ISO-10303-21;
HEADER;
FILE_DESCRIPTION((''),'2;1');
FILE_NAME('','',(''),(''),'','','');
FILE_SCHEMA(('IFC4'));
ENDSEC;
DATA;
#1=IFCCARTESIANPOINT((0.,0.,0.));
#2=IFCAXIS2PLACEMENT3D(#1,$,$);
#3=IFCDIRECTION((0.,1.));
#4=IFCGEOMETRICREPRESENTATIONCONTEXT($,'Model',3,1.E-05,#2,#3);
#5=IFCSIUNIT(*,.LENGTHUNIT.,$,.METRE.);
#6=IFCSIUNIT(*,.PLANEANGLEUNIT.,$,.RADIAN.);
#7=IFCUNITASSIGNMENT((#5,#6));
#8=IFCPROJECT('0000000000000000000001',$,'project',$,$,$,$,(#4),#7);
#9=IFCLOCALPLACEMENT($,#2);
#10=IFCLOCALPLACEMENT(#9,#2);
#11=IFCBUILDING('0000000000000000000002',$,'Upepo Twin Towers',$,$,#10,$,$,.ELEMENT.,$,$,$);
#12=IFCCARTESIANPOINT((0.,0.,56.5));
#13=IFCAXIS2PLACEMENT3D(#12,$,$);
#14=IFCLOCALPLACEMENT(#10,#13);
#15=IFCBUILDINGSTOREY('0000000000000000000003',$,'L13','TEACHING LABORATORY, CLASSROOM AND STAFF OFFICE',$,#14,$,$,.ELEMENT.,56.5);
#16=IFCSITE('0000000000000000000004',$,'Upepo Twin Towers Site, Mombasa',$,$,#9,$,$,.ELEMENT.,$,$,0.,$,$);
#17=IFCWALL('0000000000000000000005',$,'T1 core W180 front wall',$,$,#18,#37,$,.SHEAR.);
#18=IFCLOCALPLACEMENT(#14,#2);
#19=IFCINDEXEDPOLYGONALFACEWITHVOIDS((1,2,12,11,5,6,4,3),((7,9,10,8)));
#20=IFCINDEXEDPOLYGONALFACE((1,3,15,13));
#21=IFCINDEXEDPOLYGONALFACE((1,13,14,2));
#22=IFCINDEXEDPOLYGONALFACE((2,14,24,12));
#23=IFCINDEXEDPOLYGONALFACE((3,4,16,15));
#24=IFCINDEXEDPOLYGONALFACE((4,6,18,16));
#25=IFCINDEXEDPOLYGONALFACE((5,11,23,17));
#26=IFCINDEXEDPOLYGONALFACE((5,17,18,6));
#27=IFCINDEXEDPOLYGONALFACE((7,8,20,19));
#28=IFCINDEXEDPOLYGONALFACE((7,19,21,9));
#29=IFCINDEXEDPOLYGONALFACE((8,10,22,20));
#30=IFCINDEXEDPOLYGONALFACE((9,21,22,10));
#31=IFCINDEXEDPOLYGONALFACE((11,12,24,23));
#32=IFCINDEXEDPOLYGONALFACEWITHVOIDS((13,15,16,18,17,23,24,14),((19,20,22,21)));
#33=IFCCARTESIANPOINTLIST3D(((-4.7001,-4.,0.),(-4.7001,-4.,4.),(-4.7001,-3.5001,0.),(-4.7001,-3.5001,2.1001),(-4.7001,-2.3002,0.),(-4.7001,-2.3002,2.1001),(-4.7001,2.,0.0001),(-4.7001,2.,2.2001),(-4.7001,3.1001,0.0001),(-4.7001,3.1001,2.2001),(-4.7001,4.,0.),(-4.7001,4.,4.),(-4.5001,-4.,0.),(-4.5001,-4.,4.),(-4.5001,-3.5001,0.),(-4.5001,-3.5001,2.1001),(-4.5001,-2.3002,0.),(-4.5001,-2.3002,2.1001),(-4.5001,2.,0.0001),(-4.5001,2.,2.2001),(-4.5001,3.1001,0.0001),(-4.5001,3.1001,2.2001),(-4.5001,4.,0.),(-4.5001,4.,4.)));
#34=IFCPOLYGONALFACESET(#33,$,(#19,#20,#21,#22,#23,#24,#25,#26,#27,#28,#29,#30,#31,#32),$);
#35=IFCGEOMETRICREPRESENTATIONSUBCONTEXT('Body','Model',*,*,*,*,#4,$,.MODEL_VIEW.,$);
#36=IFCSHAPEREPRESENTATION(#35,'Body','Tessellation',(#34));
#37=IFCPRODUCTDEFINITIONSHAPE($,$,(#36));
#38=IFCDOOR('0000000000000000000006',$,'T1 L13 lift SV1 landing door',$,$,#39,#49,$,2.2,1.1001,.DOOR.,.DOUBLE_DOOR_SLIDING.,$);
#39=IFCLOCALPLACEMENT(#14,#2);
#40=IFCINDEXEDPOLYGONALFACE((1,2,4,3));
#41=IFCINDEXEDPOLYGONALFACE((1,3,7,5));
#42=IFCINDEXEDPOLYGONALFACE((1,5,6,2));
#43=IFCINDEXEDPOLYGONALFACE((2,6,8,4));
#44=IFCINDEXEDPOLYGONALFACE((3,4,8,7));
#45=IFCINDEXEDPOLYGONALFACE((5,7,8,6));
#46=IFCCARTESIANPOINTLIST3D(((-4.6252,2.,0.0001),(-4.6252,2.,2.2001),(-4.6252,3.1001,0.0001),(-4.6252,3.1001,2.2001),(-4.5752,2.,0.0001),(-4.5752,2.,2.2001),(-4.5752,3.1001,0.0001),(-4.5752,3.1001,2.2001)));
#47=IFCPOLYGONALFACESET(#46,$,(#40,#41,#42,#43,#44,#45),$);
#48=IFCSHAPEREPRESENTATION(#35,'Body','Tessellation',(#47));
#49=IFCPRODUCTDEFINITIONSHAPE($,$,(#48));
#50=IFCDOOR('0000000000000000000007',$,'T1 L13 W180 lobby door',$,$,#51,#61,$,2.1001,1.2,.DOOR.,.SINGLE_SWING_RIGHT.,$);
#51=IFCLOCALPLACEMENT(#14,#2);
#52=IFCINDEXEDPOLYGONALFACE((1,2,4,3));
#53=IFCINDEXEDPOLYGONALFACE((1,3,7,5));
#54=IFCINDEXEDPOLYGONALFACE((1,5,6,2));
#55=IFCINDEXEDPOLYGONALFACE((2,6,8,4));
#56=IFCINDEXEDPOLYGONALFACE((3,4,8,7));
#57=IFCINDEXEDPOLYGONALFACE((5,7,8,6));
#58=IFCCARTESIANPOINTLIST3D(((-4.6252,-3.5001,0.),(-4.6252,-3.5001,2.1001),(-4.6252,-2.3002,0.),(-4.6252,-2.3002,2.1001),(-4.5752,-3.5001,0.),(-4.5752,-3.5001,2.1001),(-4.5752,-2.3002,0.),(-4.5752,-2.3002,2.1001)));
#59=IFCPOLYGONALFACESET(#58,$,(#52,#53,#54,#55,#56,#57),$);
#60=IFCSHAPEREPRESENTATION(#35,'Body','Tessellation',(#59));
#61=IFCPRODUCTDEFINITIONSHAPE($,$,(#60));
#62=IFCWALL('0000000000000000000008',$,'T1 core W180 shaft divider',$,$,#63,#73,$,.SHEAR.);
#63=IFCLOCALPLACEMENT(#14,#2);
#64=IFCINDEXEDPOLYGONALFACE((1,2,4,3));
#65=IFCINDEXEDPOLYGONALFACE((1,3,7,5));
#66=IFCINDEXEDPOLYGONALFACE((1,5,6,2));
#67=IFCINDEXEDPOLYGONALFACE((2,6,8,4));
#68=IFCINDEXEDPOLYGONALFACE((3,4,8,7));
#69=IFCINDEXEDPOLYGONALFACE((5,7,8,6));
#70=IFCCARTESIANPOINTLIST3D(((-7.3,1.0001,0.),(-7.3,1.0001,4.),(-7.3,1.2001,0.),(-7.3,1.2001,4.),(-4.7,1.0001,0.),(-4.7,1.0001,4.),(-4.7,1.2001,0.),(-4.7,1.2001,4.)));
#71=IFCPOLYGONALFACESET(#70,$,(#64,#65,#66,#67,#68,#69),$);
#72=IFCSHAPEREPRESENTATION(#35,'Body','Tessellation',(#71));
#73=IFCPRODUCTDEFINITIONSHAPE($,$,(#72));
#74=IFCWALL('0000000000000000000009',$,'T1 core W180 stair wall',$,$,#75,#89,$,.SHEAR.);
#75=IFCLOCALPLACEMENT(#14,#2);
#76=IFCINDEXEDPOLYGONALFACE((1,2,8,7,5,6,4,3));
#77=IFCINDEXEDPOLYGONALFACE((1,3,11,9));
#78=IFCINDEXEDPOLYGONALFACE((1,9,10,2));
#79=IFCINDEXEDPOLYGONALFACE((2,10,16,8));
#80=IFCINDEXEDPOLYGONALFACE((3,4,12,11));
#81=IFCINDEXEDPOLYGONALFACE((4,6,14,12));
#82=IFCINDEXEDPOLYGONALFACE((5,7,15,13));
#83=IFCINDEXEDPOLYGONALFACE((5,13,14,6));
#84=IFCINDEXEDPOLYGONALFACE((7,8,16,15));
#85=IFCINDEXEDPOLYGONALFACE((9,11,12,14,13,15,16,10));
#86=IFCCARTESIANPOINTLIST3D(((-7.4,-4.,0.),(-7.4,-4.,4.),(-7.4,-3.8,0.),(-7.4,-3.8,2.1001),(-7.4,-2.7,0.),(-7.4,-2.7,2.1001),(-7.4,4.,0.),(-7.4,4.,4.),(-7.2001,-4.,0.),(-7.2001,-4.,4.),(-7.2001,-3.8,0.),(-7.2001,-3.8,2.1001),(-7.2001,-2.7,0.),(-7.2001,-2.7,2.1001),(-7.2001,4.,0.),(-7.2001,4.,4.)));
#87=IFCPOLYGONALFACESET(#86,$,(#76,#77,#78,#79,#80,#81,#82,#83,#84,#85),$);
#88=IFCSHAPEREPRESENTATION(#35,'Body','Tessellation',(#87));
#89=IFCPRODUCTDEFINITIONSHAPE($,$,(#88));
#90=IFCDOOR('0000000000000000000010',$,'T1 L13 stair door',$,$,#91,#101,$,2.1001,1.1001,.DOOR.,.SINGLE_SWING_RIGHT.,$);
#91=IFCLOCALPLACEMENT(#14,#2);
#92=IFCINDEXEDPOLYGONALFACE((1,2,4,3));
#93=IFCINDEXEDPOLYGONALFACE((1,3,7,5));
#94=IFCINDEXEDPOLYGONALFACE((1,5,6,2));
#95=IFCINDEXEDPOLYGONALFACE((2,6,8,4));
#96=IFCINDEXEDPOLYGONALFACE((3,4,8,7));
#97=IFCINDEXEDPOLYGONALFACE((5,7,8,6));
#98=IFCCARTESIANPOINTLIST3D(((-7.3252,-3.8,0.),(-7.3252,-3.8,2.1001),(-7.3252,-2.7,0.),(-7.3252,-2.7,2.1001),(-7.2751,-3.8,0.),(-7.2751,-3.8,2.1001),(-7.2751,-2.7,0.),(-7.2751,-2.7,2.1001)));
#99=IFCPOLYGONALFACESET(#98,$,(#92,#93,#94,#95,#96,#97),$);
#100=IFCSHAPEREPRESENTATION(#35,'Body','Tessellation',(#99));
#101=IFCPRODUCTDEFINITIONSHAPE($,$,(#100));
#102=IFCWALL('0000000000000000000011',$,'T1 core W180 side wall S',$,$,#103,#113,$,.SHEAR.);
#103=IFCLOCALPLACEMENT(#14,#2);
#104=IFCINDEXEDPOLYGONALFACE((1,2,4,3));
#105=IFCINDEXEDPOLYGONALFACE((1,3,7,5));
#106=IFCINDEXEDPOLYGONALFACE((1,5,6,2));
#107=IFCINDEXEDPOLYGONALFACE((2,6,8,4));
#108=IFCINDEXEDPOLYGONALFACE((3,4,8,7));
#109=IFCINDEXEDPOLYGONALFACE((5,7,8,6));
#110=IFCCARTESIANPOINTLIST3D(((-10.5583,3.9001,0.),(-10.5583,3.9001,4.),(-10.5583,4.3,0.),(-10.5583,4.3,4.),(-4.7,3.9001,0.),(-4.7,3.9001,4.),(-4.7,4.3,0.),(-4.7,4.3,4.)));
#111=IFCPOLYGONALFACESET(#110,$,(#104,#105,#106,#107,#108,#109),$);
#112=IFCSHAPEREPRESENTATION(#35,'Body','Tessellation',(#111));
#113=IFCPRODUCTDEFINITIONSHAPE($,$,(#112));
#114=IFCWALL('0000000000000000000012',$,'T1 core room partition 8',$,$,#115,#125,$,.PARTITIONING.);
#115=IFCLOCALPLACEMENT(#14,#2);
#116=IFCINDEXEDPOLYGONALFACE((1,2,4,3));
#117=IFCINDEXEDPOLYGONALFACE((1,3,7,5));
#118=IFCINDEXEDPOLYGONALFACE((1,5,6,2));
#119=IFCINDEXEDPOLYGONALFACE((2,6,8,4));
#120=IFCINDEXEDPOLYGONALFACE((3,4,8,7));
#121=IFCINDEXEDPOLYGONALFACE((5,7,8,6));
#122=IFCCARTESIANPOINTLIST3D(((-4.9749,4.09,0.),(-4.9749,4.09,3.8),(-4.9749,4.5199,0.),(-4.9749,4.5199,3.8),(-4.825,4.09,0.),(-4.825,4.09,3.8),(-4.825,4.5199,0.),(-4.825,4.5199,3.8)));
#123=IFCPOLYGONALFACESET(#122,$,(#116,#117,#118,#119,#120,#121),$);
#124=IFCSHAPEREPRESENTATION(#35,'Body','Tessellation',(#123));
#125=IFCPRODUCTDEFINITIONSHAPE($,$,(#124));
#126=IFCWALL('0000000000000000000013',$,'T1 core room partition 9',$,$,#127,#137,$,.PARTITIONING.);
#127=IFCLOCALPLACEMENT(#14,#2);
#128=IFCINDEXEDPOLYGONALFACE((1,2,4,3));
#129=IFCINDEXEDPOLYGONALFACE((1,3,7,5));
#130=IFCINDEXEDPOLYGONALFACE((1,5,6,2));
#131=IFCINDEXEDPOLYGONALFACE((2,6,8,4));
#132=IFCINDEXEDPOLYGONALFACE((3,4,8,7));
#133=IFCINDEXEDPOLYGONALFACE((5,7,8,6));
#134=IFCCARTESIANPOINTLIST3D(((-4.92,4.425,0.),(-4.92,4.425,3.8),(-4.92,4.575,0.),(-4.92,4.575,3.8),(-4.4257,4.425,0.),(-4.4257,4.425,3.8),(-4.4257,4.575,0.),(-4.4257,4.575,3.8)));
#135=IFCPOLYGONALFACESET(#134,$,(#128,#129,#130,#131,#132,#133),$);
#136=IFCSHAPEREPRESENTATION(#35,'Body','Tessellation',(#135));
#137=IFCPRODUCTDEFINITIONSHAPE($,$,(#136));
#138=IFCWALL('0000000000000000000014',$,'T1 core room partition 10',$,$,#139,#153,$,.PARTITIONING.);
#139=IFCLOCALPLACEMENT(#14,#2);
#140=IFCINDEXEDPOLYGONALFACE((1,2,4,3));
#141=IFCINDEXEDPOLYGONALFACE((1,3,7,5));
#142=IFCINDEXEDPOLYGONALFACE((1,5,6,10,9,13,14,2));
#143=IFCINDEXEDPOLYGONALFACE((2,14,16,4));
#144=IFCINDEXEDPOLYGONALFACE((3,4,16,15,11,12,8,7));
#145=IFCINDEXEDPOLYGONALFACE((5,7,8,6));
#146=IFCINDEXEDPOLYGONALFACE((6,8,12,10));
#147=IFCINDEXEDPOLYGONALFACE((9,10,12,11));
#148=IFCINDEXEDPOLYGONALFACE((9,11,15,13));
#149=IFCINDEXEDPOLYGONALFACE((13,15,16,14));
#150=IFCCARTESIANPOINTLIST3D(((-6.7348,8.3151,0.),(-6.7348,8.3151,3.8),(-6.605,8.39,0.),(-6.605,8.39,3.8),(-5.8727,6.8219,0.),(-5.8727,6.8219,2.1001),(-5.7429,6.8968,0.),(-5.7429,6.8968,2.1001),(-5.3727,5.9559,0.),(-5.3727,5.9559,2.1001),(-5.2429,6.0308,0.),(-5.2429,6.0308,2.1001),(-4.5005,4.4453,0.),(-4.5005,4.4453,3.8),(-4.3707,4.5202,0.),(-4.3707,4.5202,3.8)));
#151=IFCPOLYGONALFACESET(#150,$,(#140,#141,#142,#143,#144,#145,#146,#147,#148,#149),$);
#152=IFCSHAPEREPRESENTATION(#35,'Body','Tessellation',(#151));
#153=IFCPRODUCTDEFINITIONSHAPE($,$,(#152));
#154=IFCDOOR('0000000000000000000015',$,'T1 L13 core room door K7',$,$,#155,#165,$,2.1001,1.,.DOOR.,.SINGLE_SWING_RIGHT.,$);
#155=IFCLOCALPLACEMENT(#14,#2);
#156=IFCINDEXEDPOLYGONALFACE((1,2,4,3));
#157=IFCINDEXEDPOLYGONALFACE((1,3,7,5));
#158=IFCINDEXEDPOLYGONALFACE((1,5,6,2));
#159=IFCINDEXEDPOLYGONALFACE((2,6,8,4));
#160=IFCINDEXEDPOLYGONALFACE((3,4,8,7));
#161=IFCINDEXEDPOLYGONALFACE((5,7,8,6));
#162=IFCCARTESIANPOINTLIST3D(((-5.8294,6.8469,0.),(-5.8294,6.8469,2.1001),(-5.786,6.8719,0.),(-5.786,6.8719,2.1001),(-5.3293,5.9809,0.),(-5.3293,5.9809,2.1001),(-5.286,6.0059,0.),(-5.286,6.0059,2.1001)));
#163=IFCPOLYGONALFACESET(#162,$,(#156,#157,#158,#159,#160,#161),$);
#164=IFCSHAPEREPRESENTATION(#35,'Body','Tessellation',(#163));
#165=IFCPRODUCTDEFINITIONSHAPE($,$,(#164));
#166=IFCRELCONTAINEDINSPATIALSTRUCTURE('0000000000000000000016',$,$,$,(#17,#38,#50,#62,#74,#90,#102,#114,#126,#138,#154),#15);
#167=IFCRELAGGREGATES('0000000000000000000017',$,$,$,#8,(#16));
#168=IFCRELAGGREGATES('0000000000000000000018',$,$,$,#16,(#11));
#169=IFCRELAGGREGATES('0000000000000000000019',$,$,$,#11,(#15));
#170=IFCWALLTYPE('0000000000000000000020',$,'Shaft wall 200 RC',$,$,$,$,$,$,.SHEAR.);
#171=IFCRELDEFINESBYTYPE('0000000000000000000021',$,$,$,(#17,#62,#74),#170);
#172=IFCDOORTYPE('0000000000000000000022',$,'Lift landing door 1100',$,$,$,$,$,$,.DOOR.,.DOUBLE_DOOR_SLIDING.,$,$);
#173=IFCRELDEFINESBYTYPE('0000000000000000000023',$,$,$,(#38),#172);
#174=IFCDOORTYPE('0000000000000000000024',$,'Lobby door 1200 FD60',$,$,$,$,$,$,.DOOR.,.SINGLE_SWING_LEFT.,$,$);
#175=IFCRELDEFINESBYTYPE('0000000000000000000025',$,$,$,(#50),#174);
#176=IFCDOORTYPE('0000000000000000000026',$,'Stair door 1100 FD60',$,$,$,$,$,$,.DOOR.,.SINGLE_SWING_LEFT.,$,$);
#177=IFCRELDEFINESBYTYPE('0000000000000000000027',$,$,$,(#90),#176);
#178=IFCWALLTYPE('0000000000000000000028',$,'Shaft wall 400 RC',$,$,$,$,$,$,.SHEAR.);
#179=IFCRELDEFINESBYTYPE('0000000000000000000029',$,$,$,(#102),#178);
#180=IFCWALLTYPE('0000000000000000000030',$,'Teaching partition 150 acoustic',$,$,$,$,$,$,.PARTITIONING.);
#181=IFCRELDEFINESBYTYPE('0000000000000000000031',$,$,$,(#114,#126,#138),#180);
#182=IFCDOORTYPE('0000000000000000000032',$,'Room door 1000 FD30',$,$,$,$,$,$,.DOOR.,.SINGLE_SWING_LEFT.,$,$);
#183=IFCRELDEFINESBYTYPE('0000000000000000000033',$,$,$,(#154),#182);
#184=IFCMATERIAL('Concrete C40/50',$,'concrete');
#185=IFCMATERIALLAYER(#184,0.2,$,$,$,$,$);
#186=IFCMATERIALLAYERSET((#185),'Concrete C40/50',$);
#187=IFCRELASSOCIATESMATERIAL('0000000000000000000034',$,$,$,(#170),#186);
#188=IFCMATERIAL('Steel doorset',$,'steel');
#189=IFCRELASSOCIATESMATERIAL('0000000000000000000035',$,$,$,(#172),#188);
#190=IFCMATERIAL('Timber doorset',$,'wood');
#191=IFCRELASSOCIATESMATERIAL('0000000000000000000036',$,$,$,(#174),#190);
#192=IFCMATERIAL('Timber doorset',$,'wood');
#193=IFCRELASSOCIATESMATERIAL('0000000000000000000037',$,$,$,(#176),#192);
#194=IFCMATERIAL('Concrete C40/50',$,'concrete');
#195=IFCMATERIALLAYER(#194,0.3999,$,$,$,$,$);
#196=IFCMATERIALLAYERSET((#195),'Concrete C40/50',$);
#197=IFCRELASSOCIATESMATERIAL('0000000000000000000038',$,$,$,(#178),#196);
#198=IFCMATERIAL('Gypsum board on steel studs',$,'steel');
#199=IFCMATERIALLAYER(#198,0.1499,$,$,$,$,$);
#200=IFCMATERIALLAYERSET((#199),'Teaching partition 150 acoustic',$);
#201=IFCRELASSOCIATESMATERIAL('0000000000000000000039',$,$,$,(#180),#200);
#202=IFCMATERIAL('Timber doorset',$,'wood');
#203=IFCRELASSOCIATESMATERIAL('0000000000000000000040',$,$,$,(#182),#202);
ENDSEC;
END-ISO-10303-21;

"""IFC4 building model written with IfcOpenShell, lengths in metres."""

from ifc_helpers import new_model, si_unit, direction, frame, frame_2d, origin, place, context, subcontext, project, spatial, rectangle, extrude, material, layer, layer_set, type_object, element, fill, save


model = new_model("IFC4")

# Units and contexts
model_context = context("Model", 3, precision=1e-05, world=origin(), true_north=direction((0.0, 1.0)))
body_context = subcontext(model_context, "Body", "Model", "MODEL_VIEW")
ifc_project = project(units=[si_unit("LENGTHUNIT", "METRE"), si_unit("PLANEANGLEUNIT", "RADIAN")], contexts=[model_context])

# Site, building, storey
site_placement = place(None, origin())
site = spatial("IfcSite", under=ifc_project, at=site_placement, Name="Upepo Twin Towers Site, Mombasa", CompositionType="ELEMENT", RefElevation=0.0)
building_placement = place(site_placement, origin())
building = spatial("IfcBuilding", under=site, at=building_placement, Name="Upepo Twin Towers", CompositionType="ELEMENT")
storey_placement = place(building_placement, frame((0.0, 0.0, 56.5)))
storey = spatial("IfcBuildingStorey", under=building, at=storey_placement, Name="L13", Description="TEACHING LABORATORY, CLASSROOM AND STAFF OFFICE", CompositionType="ELEMENT", Elevation=56.5)

# Wall, openings, doors
ifc_material_1 = material(Name="Concrete C40/50", Category="concrete")
ifc_layer_1 = layer(ifc_material_1, 0.2)
ifc_layer_set_1 = layer_set([ifc_layer_1], Name="Concrete C40/50")
wall_type_1 = type_object("IfcWallType", Name="Shaft wall 200 RC", PredefinedType="SHEAR", material=ifc_layer_set_1)
wall_1_placement = place(storey_placement, frame((-4.6001, 4.0, 0.0), z_axis=(0.0, 0.0, 1.0), x_axis=(0.0, -1.0, 0.0)))
wall_1 = element("IfcWall", 1, at=wall_1_placement, inside=storey, type_object=wall_type_1, Name="T1 core W180 front wall", PredefinedType="SHEAR", context=body_context, shape_type="SweptSolid", body=[
    extrude(rectangle(XDim=8.0, YDim=0.2, at=frame_2d((4.0, 0.0))), origin(), (0.0, 0.0, 1.0), 4.0),
])
opening_1_placement = place(wall_1_placement, frame((6.3, 0.0, 0.0)))
opening_1 = element("IfcOpeningElement", 2, at=opening_1_placement, cuts=wall_1, PredefinedType="OPENING", context=body_context, shape_type="SweptSolid", body=[
    extrude(rectangle(XDim=1.2, YDim=2.1001, at=frame_2d((0.6001, 1.05))), frame((0.0, 0.1099, 0.0), z_axis=(0.0, -1.0, 0.0), x_axis=(1.0, 0.0, 0.0)), (0.0, 0.0, 1.0), 0.22),
])
opening_2_placement = place(wall_1_placement, frame((0.8999, 0.0, 0.0)))
opening_2 = element("IfcOpeningElement", 3, at=opening_2_placement, cuts=wall_1, PredefinedType="OPENING", context=body_context, shape_type="SweptSolid", body=[
    extrude(rectangle(XDim=1.1001, YDim=2.2, at=frame_2d((0.55, 1.1001))), frame((0.0, 0.1099, 0.0), z_axis=(0.0, -1.0, 0.0), x_axis=(1.0, 0.0, 0.0)), (0.0, 0.0, 1.0), 0.22),
])
ifc_material_2 = material(Name="Steel doorset", Category="steel")
door_type_1 = type_object("IfcDoorType", Name="Lift landing door 1100", OperationType="DOUBLE_DOOR_SLIDING", PredefinedType="DOOR", material=ifc_material_2)
door_1_placement = place(opening_2_placement, origin())
door_1 = element("IfcDoor", 4, at=door_1_placement, inside=storey, type_object=door_type_1, Name="T1 L13 lift SV1 landing door", OperationType="DOUBLE_DOOR_SLIDING", OverallHeight=2.2, OverallWidth=1.1001, PredefinedType="DOOR", context=body_context, shape_type="SweptSolid", body=[
    extrude(rectangle(XDim=1.1001, YDim=2.2, at=frame_2d((0.55, 1.1001))), frame((0.0, 0.0249, 0.0), z_axis=(0.0, -1.0, 0.0), x_axis=(1.0, 0.0, 0.0)), (0.0, 0.0, 1.0), 0.05),
])
fill(opening_2, door_1)
ifc_material_3 = material(Name="Timber doorset", Category="wood")
door_type_2 = type_object("IfcDoorType", Name="Lobby door 1200 FD60", OperationType="SINGLE_SWING_LEFT", PredefinedType="DOOR", material=ifc_material_3)
door_2_placement = place(opening_1_placement, origin())
door_2 = element("IfcDoor", 5, at=door_2_placement, inside=storey, type_object=door_type_2, Name="T1 L13 W180 lobby door", OperationType="SINGLE_SWING_RIGHT", OverallHeight=2.1001, OverallWidth=1.2, PredefinedType="DOOR", context=body_context, shape_type="SweptSolid", body=[
    extrude(rectangle(XDim=1.2, YDim=2.1001, at=frame_2d((0.6001, 1.05))), frame((0.0, 0.0249, 0.0), z_axis=(0.0, -1.0, 0.0), x_axis=(1.0, 0.0, 0.0)), (0.0, 0.0, 1.0), 0.05),
])
fill(opening_1, door_2)

# Wall
wall_2_placement = place(storey_placement, frame((-4.7, 1.1001, 0.0), z_axis=(0.0, 0.0, 1.0), x_axis=(-1.0, 0.0, 0.0)))
element("IfcWall", 6, at=wall_2_placement, inside=storey, type_object=wall_type_1, Name="T1 core W180 shaft divider", PredefinedType="SHEAR", context=body_context, shape_type="SweptSolid", body=[
    extrude(rectangle(XDim=2.6001, YDim=0.2, at=frame_2d((1.3, 0.0))), origin(), (0.0, 0.0, 1.0), 4.0),
])

# Wall, opening, door
wall_3_placement = place(storey_placement, frame((-7.3, 4.0, 0.0), z_axis=(0.0, 0.0, 1.0), x_axis=(0.0, -1.0, 0.0)))
wall_3 = element("IfcWall", 7, at=wall_3_placement, inside=storey, type_object=wall_type_1, Name="T1 core W180 stair wall", PredefinedType="SHEAR", context=body_context, shape_type="SweptSolid", body=[
    extrude(rectangle(XDim=8.0, YDim=0.2, at=frame_2d((4.0, 0.0))), origin(), (0.0, 0.0, 1.0), 4.0),
])
opening_3_placement = place(wall_3_placement, frame((6.7, 0.0, 0.0)))
opening_3 = element("IfcOpeningElement", 8, at=opening_3_placement, cuts=wall_3, PredefinedType="OPENING", context=body_context, shape_type="SweptSolid", body=[
    extrude(rectangle(XDim=1.1001, YDim=2.1001, at=frame_2d((0.55, 1.05))), frame((0.0, 0.1099, 0.0), z_axis=(0.0, -1.0, 0.0), x_axis=(1.0, 0.0, 0.0)), (0.0, 0.0, 1.0), 0.22),
])
ifc_material_4 = material(Name="Timber doorset", Category="wood")
door_type_3 = type_object("IfcDoorType", Name="Stair door 1100 FD60", OperationType="SINGLE_SWING_LEFT", PredefinedType="DOOR", material=ifc_material_4)
door_3_placement = place(opening_3_placement, origin())
door_3 = element("IfcDoor", 9, at=door_3_placement, inside=storey, type_object=door_type_3, Name="T1 L13 stair door", OperationType="SINGLE_SWING_RIGHT", OverallHeight=2.1001, OverallWidth=1.1001, PredefinedType="DOOR", context=body_context, shape_type="SweptSolid", body=[
    extrude(rectangle(XDim=1.1001, YDim=2.1001, at=frame_2d((0.55, 1.05))), frame((0.0, 0.0249, 0.0), z_axis=(0.0, -1.0, 0.0), x_axis=(1.0, 0.0, 0.0)), (0.0, 0.0, 1.0), 0.05),
])
fill(opening_3, door_3)

# Walls
ifc_material_5 = material(Name="Concrete C40/50", Category="concrete")
ifc_layer_2 = layer(ifc_material_5, 0.3999)
ifc_layer_set_2 = layer_set([ifc_layer_2], Name="Concrete C40/50")
wall_type_2 = type_object("IfcWallType", Name="Shaft wall 400 RC", PredefinedType="SHEAR", material=ifc_layer_set_2)
wall_4_placement = place(storey_placement, frame((-4.7, 4.1001, 0.0), z_axis=(0.0, 0.0, 1.0), x_axis=(-1.0, 0.0, 0.0)))
element("IfcWall", 10, at=wall_4_placement, inside=storey, type_object=wall_type_2, Name="T1 core W180 side wall S", PredefinedType="SHEAR", context=body_context, shape_type="SweptSolid", body=[
    extrude(rectangle(XDim=5.8584, YDim=0.3999, at=frame_2d((2.9292, 0.0))), origin(), (0.0, 0.0, 1.0), 4.0),
])
ifc_material_6 = material(Name="Gypsum board on steel studs", Category="steel")
ifc_layer_3 = layer(ifc_material_6, 0.1499)
ifc_layer_set_3 = layer_set([ifc_layer_3], Name="Teaching partition 150 acoustic")
wall_type_3 = type_object("IfcWallType", Name="Teaching partition 150 acoustic", PredefinedType="PARTITIONING", material=ifc_layer_set_3)
wall_5_placement = place(storey_placement, frame((-4.8999, 4.0901, 0.0), z_axis=(0.0, 0.0, 1.0), x_axis=(0.0, 1.0, 0.0)))
element("IfcWall", 11, at=wall_5_placement, inside=storey, type_object=wall_type_3, Name="T1 core room partition 8", PredefinedType="PARTITIONING", context=body_context, shape_type="SweptSolid", body=[
    extrude(rectangle(XDim=0.4299, YDim=0.1499, at=frame_2d((0.2148, 0.0))), origin(), (0.0, 0.0, 1.0), 3.8),
])
wall_6_placement = place(storey_placement, frame((-4.9199, 4.5, 0.0), z_axis=(0.0, 0.0, 1.0), x_axis=(1.0, 0.0, 0.0)))
element("IfcWall", 12, at=wall_6_placement, inside=storey, type_object=wall_type_3, Name="T1 core room partition 9", PredefinedType="PARTITIONING", context=body_context, shape_type="SweptSolid", body=[
    extrude(rectangle(XDim=0.4944, YDim=0.1499, at=frame_2d((0.2471, 0.0))), origin(), (0.0, 0.0, 1.0), 3.8),
])

# Wall, opening, door
wall_7_placement = place(storey_placement, frame((-4.4355, 4.4827, 0.0), z_axis=(0.0, 0.0, 1.0), x_axis=(-0.500017, 0.866015, 0.0)))
wall_7 = element("IfcWall", 13, at=wall_7_placement, inside=storey, type_object=wall_type_3, Name="T1 core room partition 10", PredefinedType="PARTITIONING", context=body_context, shape_type="SweptSolid", body=[
    extrude(rectangle(XDim=4.4685, YDim=0.1499, at=frame_2d((2.2344, 0.0))), origin(), (0.0, 0.0, 1.0), 3.8),
])
opening_4_placement = place(wall_7_placement, frame((1.7444, 0.0, 0.0)))
opening_4 = element("IfcOpeningElement", 14, at=opening_4_placement, cuts=wall_7, PredefinedType="OPENING", context=body_context, shape_type="SweptSolid", body=[
    extrude(rectangle(XDim=1.0, YDim=2.1001, at=frame_2d((0.5, 1.05))), frame((0.0, 0.085, 0.0), z_axis=(0.0, -1.0, 0.0), x_axis=(1.0, 0.0, 0.0)), (0.0, 0.0, 1.0), 0.1699),
])
ifc_material_7 = material(Name="Timber doorset", Category="wood")
door_type_4 = type_object("IfcDoorType", Name="Room door 1000 FD30", OperationType="SINGLE_SWING_LEFT", PredefinedType="DOOR", material=ifc_material_7)
door_4_placement = place(opening_4_placement, origin())
door_4 = element("IfcDoor", 15, at=door_4_placement, inside=storey, type_object=door_type_4, Name="T1 L13 core room door K7", OperationType="SINGLE_SWING_RIGHT", OverallHeight=2.1001, OverallWidth=1.0, PredefinedType="DOOR", context=body_context, shape_type="SweptSolid", body=[
    extrude(rectangle(XDim=1.0, YDim=2.1001, at=frame_2d((0.5, 1.05))), frame((0.0, 0.0249, 0.0), z_axis=(0.0, -1.0, 0.0), x_axis=(1.0, 0.0, 0.0)), (0.0, 0.0, 1.0), 0.05),
])
fill(opening_4, door_4)

save(model, "model.ifc")
